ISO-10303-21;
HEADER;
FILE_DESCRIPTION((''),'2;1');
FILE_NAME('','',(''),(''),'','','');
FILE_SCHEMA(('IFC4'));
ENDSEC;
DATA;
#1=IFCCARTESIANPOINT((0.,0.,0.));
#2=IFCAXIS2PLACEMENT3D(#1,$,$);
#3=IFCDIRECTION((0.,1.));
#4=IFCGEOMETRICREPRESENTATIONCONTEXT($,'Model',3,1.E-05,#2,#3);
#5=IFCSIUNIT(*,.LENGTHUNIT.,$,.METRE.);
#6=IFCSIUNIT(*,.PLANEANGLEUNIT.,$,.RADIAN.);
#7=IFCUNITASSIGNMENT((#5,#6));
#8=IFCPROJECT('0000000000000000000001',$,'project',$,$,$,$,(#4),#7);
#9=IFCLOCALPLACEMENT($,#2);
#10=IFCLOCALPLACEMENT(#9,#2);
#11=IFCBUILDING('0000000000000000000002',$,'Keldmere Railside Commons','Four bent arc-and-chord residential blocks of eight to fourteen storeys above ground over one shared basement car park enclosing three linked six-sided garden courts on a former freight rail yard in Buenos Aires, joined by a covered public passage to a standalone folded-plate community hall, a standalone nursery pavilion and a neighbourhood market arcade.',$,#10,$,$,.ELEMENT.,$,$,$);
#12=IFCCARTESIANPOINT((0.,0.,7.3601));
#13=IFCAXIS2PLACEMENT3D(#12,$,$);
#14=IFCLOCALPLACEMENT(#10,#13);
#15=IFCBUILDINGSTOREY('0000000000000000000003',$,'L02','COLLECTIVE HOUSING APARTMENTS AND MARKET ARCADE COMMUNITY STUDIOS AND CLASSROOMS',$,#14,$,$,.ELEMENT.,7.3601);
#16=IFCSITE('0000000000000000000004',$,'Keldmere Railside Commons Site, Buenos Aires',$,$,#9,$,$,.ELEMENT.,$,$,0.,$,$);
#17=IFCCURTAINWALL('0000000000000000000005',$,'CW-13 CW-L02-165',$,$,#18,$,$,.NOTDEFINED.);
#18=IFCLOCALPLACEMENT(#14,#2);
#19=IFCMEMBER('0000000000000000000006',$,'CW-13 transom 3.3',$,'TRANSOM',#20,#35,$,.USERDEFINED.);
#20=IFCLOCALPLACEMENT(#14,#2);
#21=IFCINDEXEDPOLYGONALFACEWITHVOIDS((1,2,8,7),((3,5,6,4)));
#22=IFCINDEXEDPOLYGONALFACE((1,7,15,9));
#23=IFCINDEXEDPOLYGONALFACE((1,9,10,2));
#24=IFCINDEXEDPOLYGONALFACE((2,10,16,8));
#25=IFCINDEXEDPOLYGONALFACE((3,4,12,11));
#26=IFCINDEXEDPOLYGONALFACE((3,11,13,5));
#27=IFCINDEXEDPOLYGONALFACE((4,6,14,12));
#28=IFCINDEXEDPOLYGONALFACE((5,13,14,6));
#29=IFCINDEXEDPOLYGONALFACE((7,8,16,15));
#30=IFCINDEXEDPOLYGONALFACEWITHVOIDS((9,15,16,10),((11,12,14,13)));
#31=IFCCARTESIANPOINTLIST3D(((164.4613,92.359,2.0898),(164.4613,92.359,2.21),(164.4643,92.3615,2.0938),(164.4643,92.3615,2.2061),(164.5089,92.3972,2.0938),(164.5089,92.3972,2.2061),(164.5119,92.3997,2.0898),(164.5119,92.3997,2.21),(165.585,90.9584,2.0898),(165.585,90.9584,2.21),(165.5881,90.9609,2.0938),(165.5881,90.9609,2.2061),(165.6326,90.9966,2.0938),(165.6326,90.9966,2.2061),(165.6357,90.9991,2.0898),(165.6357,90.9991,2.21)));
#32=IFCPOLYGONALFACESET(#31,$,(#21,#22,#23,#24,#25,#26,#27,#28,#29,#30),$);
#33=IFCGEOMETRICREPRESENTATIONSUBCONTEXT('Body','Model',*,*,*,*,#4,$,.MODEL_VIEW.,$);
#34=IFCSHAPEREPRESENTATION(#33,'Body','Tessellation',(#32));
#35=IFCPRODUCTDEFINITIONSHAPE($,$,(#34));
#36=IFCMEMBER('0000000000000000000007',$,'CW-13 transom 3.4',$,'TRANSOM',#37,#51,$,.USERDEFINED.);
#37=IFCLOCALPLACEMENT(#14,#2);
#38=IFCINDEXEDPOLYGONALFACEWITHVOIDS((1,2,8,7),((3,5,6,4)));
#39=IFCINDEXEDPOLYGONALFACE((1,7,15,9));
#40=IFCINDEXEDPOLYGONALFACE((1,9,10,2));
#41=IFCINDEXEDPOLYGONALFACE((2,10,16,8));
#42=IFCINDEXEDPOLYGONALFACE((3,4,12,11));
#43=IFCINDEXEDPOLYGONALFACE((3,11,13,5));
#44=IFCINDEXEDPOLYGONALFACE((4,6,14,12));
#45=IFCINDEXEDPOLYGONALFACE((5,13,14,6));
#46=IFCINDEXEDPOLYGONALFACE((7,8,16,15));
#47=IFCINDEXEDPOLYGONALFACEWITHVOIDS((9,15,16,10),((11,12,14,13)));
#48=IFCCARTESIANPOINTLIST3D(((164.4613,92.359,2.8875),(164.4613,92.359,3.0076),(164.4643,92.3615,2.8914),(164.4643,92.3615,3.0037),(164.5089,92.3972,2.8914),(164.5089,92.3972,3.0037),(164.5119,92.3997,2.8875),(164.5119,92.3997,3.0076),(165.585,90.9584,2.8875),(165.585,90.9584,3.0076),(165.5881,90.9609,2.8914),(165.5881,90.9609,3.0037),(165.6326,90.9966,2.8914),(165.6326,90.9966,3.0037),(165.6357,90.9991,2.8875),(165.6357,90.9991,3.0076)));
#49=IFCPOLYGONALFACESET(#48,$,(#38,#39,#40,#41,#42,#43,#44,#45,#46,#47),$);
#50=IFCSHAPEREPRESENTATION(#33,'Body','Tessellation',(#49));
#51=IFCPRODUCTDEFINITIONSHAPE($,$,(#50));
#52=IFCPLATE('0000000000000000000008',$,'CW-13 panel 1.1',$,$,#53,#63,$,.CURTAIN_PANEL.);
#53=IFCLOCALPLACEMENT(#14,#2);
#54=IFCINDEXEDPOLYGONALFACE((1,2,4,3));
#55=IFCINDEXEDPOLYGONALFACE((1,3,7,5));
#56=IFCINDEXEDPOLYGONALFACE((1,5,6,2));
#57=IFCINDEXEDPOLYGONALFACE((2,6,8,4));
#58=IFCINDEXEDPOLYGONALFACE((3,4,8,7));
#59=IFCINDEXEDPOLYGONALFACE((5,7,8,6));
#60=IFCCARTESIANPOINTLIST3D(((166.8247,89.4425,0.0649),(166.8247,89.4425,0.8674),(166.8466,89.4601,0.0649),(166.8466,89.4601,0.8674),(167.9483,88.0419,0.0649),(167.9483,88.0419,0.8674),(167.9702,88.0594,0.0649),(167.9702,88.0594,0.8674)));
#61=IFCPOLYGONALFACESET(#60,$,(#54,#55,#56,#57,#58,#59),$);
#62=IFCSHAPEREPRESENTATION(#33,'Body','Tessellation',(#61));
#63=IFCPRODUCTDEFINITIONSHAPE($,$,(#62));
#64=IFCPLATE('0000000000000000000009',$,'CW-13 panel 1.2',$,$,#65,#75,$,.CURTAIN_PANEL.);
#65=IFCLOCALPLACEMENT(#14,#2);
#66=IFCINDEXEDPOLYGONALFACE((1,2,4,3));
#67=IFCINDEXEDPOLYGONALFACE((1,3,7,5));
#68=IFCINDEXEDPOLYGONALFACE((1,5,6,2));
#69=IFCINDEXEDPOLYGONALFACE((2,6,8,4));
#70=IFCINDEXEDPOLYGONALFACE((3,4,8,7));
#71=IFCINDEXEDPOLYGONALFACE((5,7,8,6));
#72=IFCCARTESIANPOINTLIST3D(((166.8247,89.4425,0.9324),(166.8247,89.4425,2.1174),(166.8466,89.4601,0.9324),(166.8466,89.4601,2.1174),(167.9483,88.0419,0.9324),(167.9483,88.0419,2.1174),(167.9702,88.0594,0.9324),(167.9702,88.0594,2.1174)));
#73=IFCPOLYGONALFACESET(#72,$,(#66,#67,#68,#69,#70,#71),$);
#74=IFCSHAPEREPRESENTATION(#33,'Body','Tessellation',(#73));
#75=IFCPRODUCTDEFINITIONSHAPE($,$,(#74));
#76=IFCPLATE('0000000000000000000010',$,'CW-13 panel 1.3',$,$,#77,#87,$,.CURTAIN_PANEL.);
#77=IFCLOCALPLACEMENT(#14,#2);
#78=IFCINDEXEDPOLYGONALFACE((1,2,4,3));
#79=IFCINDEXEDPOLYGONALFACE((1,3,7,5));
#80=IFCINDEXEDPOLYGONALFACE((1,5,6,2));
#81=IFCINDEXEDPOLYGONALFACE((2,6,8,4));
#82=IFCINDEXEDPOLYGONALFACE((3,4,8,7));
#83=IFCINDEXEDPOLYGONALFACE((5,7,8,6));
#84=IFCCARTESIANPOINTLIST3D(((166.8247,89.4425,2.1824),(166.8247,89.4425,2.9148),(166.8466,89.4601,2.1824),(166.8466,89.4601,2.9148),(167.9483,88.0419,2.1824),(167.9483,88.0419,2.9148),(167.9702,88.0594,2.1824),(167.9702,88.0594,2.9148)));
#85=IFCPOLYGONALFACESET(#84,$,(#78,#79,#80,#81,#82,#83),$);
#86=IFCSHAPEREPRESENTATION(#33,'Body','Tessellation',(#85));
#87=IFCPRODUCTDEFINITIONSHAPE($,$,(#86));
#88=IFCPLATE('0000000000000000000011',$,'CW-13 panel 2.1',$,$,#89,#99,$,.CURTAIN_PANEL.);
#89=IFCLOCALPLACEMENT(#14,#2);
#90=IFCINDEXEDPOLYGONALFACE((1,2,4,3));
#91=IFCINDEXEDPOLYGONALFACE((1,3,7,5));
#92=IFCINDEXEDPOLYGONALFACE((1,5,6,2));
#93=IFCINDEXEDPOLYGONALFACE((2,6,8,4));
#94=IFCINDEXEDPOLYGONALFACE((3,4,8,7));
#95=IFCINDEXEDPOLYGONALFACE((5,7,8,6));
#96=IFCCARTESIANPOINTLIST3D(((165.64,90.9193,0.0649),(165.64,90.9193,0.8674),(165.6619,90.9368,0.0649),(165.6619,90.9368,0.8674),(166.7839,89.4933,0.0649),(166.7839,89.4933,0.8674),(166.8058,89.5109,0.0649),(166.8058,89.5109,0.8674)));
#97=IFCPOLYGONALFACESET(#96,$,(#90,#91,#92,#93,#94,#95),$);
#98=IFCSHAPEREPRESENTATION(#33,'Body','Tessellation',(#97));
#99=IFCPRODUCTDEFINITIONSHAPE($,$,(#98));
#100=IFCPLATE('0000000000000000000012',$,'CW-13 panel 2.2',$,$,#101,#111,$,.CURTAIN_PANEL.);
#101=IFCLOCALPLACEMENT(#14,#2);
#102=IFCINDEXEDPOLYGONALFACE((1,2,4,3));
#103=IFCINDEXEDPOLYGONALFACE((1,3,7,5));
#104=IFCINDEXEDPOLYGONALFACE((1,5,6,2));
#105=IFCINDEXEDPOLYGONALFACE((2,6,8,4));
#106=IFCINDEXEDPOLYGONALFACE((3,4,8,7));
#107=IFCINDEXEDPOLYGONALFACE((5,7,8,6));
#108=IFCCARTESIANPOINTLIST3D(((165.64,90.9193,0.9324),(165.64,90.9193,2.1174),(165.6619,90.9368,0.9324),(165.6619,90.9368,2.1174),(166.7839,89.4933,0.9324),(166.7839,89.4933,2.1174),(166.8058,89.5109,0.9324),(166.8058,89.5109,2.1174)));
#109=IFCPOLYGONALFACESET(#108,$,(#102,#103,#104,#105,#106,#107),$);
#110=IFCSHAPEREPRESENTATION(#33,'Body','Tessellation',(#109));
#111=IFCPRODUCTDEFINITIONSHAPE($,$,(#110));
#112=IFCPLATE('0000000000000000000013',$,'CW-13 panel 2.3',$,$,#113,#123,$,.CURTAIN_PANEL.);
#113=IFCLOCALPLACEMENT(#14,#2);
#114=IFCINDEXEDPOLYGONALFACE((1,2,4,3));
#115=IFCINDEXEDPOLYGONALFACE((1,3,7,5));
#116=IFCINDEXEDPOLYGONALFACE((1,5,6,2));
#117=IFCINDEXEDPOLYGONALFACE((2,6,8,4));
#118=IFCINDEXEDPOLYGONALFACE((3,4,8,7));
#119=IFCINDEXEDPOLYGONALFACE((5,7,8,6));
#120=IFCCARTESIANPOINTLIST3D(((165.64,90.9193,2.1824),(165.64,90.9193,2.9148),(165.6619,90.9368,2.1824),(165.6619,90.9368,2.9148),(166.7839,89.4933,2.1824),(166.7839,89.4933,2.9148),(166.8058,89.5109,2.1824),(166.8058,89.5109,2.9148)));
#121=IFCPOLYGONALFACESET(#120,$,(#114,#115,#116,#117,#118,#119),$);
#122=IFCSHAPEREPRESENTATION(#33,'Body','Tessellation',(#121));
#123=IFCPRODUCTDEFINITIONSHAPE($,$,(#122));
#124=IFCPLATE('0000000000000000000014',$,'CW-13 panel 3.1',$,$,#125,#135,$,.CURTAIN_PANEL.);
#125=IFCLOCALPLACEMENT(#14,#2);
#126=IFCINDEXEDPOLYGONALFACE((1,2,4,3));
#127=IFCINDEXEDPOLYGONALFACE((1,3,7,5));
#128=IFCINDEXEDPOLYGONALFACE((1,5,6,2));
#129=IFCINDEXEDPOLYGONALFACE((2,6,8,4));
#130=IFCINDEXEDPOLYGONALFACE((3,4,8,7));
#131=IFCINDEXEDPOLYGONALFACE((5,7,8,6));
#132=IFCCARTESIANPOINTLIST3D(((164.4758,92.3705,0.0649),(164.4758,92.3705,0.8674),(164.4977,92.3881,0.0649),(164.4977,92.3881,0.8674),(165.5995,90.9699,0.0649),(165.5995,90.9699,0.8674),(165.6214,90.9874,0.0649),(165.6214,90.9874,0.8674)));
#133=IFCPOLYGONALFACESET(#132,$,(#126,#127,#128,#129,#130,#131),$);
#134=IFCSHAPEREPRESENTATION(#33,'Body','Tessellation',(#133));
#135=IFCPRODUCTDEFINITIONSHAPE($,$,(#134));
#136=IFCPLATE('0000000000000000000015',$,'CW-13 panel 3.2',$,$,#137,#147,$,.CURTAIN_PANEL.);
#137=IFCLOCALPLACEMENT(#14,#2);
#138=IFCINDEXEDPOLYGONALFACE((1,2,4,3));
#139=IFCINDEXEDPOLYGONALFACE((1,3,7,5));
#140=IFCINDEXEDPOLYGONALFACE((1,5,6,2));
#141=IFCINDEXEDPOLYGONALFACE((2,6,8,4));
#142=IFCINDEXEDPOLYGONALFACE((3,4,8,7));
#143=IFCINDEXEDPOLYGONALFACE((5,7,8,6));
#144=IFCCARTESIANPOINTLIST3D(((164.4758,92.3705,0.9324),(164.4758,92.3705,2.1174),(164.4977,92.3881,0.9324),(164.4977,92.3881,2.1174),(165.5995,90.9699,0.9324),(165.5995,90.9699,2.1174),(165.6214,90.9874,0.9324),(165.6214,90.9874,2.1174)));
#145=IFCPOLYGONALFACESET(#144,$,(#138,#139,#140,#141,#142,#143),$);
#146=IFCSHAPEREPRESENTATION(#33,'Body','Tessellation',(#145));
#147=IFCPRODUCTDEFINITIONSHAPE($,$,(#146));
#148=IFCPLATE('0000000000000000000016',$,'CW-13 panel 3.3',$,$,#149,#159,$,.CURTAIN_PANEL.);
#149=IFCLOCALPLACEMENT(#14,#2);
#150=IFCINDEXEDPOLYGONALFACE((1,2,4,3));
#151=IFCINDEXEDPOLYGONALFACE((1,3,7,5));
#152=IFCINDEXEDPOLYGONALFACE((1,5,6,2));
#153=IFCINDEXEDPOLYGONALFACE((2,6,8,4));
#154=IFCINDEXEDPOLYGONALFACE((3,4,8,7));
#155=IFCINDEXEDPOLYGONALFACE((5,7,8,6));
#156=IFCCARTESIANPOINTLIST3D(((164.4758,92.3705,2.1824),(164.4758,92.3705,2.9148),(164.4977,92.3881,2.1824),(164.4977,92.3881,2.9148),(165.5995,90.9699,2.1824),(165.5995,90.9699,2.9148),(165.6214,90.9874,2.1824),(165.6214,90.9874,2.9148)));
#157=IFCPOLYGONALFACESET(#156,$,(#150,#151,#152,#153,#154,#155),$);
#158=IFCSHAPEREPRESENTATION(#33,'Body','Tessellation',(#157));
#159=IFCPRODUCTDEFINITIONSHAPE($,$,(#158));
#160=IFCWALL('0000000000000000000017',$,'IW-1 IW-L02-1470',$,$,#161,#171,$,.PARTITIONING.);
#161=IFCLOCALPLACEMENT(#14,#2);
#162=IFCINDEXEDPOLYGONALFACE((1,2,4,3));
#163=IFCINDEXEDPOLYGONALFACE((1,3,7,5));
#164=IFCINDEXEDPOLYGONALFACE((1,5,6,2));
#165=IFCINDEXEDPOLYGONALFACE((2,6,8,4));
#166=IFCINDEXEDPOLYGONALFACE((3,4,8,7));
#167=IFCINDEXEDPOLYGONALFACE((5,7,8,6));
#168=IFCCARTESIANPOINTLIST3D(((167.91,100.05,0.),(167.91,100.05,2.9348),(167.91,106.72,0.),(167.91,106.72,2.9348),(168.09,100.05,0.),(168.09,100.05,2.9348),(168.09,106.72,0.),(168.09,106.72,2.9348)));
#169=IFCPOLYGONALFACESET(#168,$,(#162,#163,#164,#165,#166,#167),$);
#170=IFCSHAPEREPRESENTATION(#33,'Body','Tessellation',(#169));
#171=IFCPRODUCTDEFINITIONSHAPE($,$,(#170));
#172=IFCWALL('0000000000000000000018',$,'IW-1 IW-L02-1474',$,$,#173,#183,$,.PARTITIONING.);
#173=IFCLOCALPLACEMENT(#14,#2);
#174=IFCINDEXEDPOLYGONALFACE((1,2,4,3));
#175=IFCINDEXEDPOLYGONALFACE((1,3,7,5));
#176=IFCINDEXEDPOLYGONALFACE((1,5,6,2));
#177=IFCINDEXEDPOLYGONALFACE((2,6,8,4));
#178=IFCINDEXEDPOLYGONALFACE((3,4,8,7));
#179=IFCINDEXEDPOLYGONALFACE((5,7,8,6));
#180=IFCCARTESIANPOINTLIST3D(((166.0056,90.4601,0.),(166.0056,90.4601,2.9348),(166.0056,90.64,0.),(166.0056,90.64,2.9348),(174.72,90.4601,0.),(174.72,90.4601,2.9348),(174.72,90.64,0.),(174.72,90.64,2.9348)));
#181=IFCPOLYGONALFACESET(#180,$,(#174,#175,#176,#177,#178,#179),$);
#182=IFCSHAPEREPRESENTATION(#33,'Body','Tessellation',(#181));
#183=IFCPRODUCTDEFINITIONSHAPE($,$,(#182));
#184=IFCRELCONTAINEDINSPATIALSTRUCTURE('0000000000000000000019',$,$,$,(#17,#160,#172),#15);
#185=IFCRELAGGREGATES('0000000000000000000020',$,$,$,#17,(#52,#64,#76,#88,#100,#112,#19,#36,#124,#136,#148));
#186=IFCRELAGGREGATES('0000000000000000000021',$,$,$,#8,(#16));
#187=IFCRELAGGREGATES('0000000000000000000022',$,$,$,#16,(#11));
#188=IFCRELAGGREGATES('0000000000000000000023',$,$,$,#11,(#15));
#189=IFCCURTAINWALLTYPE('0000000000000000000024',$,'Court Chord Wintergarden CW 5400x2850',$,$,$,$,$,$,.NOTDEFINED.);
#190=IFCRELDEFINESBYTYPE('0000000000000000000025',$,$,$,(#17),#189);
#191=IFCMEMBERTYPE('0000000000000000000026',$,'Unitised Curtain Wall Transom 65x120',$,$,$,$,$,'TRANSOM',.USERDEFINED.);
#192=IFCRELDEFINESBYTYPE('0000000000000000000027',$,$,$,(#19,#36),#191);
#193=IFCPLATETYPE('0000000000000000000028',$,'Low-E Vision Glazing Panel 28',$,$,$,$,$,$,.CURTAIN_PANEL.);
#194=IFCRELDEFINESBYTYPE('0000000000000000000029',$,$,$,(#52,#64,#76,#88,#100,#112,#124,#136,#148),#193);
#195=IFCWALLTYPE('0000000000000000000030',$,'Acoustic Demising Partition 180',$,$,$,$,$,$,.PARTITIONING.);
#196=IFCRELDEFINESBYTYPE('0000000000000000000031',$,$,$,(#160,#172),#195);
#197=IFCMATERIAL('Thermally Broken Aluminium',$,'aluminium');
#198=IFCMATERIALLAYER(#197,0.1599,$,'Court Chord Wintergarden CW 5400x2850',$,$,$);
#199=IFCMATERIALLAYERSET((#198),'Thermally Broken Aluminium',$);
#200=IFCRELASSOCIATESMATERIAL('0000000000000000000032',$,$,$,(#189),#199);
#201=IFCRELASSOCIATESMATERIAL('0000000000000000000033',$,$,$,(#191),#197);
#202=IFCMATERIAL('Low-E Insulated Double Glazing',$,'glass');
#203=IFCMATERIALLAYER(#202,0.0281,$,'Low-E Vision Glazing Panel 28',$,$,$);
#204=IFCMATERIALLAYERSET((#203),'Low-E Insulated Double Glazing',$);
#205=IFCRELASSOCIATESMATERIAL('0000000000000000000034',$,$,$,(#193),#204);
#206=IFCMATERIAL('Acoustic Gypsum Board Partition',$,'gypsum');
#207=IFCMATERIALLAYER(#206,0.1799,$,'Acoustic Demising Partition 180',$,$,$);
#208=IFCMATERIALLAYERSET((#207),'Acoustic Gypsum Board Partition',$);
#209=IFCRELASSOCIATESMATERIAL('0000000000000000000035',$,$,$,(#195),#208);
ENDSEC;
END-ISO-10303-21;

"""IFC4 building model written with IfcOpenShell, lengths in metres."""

from ifc_helpers import new_model, si_unit, direction, frame, frame_2d, origin, origin_2d, place, context, subcontext, project, spatial, rectangle, hollow_rectangle, extrude, material, layer, layer_set, material_profile, profile_set, type_object, element, aggregate, save


model = new_model("IFC4")

# Units and contexts
model_context = context("Model", 3, precision=1e-05, world=origin(), true_north=direction((0.0, 1.0)))
body_context = subcontext(model_context, "Body", "Model", "MODEL_VIEW")
ifc_project = project(units=[si_unit("LENGTHUNIT", "METRE"), si_unit("PLANEANGLEUNIT", "RADIAN")], contexts=[model_context])

# Site, building, storey
site_placement = place(None, origin())
site = spatial("IfcSite", under=ifc_project, at=site_placement, Name="Keldmere Railside Commons Site, Buenos Aires", CompositionType="ELEMENT", RefElevation=0.0)
building_placement = place(site_placement, origin())
building = spatial("IfcBuilding", under=site, at=building_placement, Name="Keldmere Railside Commons", Description="Four bent arc-and-chord residential blocks of eight to fourteen storeys above ground over one shared basement car park enclosing three linked six-sided garden courts on a former freight rail yard in Buenos Aires, joined by a covered public passage to a standalone folded-plate community hall, a standalone nursery pavilion and a neighbourhood market arcade.", CompositionType="ELEMENT")
storey_placement = place(building_placement, frame((0.0, 0.0, 7.3601)))
storey = spatial("IfcBuildingStorey", under=building, at=storey_placement, Name="L02", Description="COLLECTIVE HOUSING APARTMENTS AND MARKET ARCADE COMMUNITY STUDIOS AND CLASSROOMS", CompositionType="ELEMENT", Elevation=7.3601)

# Shared definitions
ifc_material_1 = material(Name="Thermally Broken Aluminium", Category="aluminium")

# Curtain wall
ifc_layer_1 = layer(ifc_material_1, 0.1599, Name="Court Chord Wintergarden CW 5400x2850")
ifc_layer_set_1 = layer_set([ifc_layer_1], Name="Thermally Broken Aluminium")
curtain_wall_type_1 = type_object("IfcCurtainWallType", Name="Court Chord Wintergarden CW 5400x2850", PredefinedType="NOTDEFINED", material=ifc_layer_set_1)
curtain_wall_1_placement = place(storey_placement, origin())
curtain_wall_1 = element("IfcCurtainWall", 1, at=curtain_wall_1_placement, inside=storey, type_object=curtain_wall_type_1, Name="CW-13 CW-L02-165", PredefinedType="NOTDEFINED")

# Members
ifc_material_profile_1 = material_profile(ifc_material_1, hollow_rectangle(XDim=0.0649, YDim=0.1201, WallThickness=0.0039, at=origin_2d()), Name="ALU-TRAN-65x120")
ifc_profile_set_1 = profile_set([ifc_material_profile_1], Name="Thermally Broken Aluminium")
member_type_1 = type_object("IfcMemberType", Name="Unitised Curtain Wall Transom 65x120", ElementType="TRANSOM", PredefinedType="USERDEFINED", material=ifc_profile_set_1)
member_1_placement = place(storey_placement, frame((165.6104, 90.9788, 2.1499), z_axis=(-0.625805, 0.779979, 0.0), x_axis=(-0.779979, -0.625805, 0.0)))
member_1 = element("IfcMember", 2, at=member_1_placement, type_object=member_type_1, Name="CW-13 transom 3.3", ObjectType="TRANSOM", PredefinedType="USERDEFINED", context=body_context, shape_type="SweptSolid", body=[
    extrude(hollow_rectangle(XDim=0.0649, YDim=0.1201, WallThickness=0.0039, at=origin_2d()), origin(), (0.0, 0.0, 1.0), 1.7957),
])
member_2_placement = place(storey_placement, frame((165.6104, 90.9788, 2.9475), z_axis=(-0.625805, 0.779979, 0.0), x_axis=(-0.779979, -0.625805, 0.0)))
member_2 = element("IfcMember", 3, at=member_2_placement, type_object=member_type_1, Name="CW-13 transom 3.4", ObjectType="TRANSOM", PredefinedType="USERDEFINED", context=body_context, shape_type="SweptSolid", body=[
    extrude(hollow_rectangle(XDim=0.0649, YDim=0.1201, WallThickness=0.0039, at=origin_2d()), origin(), (0.0, 0.0, 1.0), 1.7957),
])

# Plates
ifc_material_2 = material(Name="Low-E Insulated Double Glazing", Category="glass")
ifc_layer_2 = layer(ifc_material_2, 0.0281, Name="Low-E Vision Glazing Panel 28")
ifc_layer_set_2 = layer_set([ifc_layer_2], Name="Low-E Insulated Double Glazing")
plate_type = type_object("IfcPlateType", Name="Low-E Vision Glazing Panel 28", PredefinedType="CURTAIN_PANEL", material=ifc_layer_set_2)
plate_1_placement = place(storey_placement, frame((167.3975, 88.751, 0.0649), z_axis=(0.0, 0.0, 1.0), x_axis=(-0.625768, 0.780009, 0.0)))
plate_1 = element("IfcPlate", 4, at=plate_1_placement, type_object=plate_type, Name="CW-13 panel 1.1", PredefinedType="CURTAIN_PANEL", context=body_context, shape_type="SweptSolid", body=[
    extrude(rectangle(XDim=1.7957, YDim=0.0281, at=origin_2d()), origin(), (0.0, 0.0, 1.0), 0.8025),
])
plate_2_placement = place(storey_placement, frame((167.3975, 88.751, 0.9324), z_axis=(0.0, 0.0, 1.0), x_axis=(-0.625768, 0.780009, 0.0)))
plate_2 = element("IfcPlate", 5, at=plate_2_placement, type_object=plate_type, Name="CW-13 panel 1.2", PredefinedType="CURTAIN_PANEL", context=body_context, shape_type="SweptSolid", body=[
    extrude(rectangle(XDim=1.7957, YDim=0.0281, at=origin_2d()), origin(), (0.0, 0.0, 1.0), 1.1851),
])
plate_3_placement = place(storey_placement, frame((167.3975, 88.751, 2.1824), z_axis=(0.0, 0.0, 1.0), x_axis=(-0.625768, 0.780009, 0.0)))
plate_3 = element("IfcPlate", 6, at=plate_3_placement, type_object=plate_type, Name="CW-13 panel 1.3", PredefinedType="CURTAIN_PANEL", context=body_context, shape_type="SweptSolid", body=[
    extrude(rectangle(XDim=1.7957, YDim=0.0281, at=origin_2d()), origin(), (0.0, 0.0, 1.0), 0.7324),
])
plate_4_placement = place(storey_placement, frame((166.2229, 90.2151, 0.0649), z_axis=(0.0, 0.0, 1.0), x_axis=(-0.625768, 0.780009, 0.0)))
plate_4 = element("IfcPlate", 7, at=plate_4_placement, type_object=plate_type, Name="CW-13 panel 2.1", PredefinedType="CURTAIN_PANEL", context=body_context, shape_type="SweptSolid", body=[
    extrude(rectangle(XDim=1.8281, YDim=0.0281, at=origin_2d()), origin(), (0.0, 0.0, 1.0), 0.8025),
])
plate_5_placement = place(storey_placement, frame((166.2229, 90.2151, 0.9324), z_axis=(0.0, 0.0, 1.0), x_axis=(-0.625768, 0.780009, 0.0)))
plate_5 = element("IfcPlate", 8, at=plate_5_placement, type_object=plate_type, Name="CW-13 panel 2.2", PredefinedType="CURTAIN_PANEL", context=body_context, shape_type="SweptSolid", body=[
    extrude(rectangle(XDim=1.8281, YDim=0.0281, at=origin_2d()), origin(), (0.0, 0.0, 1.0), 1.1851),
])
plate_6_placement = place(storey_placement, frame((166.2229, 90.2151, 2.1824), z_axis=(0.0, 0.0, 1.0), x_axis=(-0.625768, 0.780009, 0.0)))
plate_6 = element("IfcPlate", 9, at=plate_6_placement, type_object=plate_type, Name="CW-13 panel 2.3", PredefinedType="CURTAIN_PANEL", context=body_context, shape_type="SweptSolid", body=[
    extrude(rectangle(XDim=1.8281, YDim=0.0281, at=origin_2d()), origin(), (0.0, 0.0, 1.0), 0.7324),
])
plate_7_placement = place(storey_placement, frame((165.0486, 91.679, 0.0649), z_axis=(0.0, 0.0, 1.0), x_axis=(-0.625768, 0.780009, 0.0)))
plate_7 = element("IfcPlate", 10, at=plate_7_placement, type_object=plate_type, Name="CW-13 panel 3.1", PredefinedType="CURTAIN_PANEL", context=body_context, shape_type="SweptSolid", body=[
    extrude(rectangle(XDim=1.7957, YDim=0.0281, at=origin_2d()), origin(), (0.0, 0.0, 1.0), 0.8025),
])
plate_8_placement = place(storey_placement, frame((165.0486, 91.679, 0.9324), z_axis=(0.0, 0.0, 1.0), x_axis=(-0.625768, 0.780009, 0.0)))
plate_8 = element("IfcPlate", 11, at=plate_8_placement, type_object=plate_type, Name="CW-13 panel 3.2", PredefinedType="CURTAIN_PANEL", context=body_context, shape_type="SweptSolid", body=[
    extrude(rectangle(XDim=1.7957, YDim=0.0281, at=origin_2d()), origin(), (0.0, 0.0, 1.0), 1.1851),
])
plate_9_placement = place(storey_placement, frame((165.0486, 91.679, 2.1824), z_axis=(0.0, 0.0, 1.0), x_axis=(-0.625768, 0.780009, 0.0)))
plate_9 = element("IfcPlate", 12, at=plate_9_placement, type_object=plate_type, Name="CW-13 panel 3.3", PredefinedType="CURTAIN_PANEL", context=body_context, shape_type="SweptSolid", body=[
    extrude(rectangle(XDim=1.7957, YDim=0.0281, at=origin_2d()), origin(), (0.0, 0.0, 1.0), 0.7324),
])
aggregate(curtain_wall_1, [plate_1, plate_2, plate_3, plate_4, plate_5, plate_6, member_1, member_2, plate_7, plate_8, plate_9])

# Walls
ifc_material_3 = material(Name="Acoustic Gypsum Board Partition", Category="gypsum")
ifc_layer_3 = layer(ifc_material_3, 0.1799, Name="Acoustic Demising Partition 180")
ifc_layer_set_3 = layer_set([ifc_layer_3], Name="Acoustic Gypsum Board Partition")
wall_type = type_object("IfcWallType", Name="Acoustic Demising Partition 180", PredefinedType="PARTITIONING", material=ifc_layer_set_3)
wall_1_placement = place(storey_placement, frame((168.0, 100.05, 0.0), z_axis=(0.0, 0.0, 1.0), x_axis=(0.0, 1.0, 0.0)))
element("IfcWall", 13, at=wall_1_placement, inside=storey, type_object=wall_type, Name="IW-1 IW-L02-1470", PredefinedType="PARTITIONING", context=body_context, shape_type="SweptSolid", body=[
    extrude(rectangle(XDim=6.6699, YDim=0.1799, at=frame_2d((3.335, 0.0))), origin(), (0.0, 0.0, 1.0), 2.9348),
])
wall_2_placement = place(storey_placement, frame((166.0056, 90.55, 0.0), z_axis=(0.0, 0.0, 1.0), x_axis=(1.0, 0.0, 0.0)))
element("IfcWall", 14, at=wall_2_placement, inside=storey, type_object=wall_type, Name="IW-1 IW-L02-1474", PredefinedType="PARTITIONING", context=body_context, shape_type="SweptSolid", body=[
    extrude(rectangle(XDim=8.7144, YDim=0.1799, at=frame_2d((4.3572, 0.0))), origin(), (0.0, 0.0, 1.0), 2.9348),
])

save(model, "model.ifc")
